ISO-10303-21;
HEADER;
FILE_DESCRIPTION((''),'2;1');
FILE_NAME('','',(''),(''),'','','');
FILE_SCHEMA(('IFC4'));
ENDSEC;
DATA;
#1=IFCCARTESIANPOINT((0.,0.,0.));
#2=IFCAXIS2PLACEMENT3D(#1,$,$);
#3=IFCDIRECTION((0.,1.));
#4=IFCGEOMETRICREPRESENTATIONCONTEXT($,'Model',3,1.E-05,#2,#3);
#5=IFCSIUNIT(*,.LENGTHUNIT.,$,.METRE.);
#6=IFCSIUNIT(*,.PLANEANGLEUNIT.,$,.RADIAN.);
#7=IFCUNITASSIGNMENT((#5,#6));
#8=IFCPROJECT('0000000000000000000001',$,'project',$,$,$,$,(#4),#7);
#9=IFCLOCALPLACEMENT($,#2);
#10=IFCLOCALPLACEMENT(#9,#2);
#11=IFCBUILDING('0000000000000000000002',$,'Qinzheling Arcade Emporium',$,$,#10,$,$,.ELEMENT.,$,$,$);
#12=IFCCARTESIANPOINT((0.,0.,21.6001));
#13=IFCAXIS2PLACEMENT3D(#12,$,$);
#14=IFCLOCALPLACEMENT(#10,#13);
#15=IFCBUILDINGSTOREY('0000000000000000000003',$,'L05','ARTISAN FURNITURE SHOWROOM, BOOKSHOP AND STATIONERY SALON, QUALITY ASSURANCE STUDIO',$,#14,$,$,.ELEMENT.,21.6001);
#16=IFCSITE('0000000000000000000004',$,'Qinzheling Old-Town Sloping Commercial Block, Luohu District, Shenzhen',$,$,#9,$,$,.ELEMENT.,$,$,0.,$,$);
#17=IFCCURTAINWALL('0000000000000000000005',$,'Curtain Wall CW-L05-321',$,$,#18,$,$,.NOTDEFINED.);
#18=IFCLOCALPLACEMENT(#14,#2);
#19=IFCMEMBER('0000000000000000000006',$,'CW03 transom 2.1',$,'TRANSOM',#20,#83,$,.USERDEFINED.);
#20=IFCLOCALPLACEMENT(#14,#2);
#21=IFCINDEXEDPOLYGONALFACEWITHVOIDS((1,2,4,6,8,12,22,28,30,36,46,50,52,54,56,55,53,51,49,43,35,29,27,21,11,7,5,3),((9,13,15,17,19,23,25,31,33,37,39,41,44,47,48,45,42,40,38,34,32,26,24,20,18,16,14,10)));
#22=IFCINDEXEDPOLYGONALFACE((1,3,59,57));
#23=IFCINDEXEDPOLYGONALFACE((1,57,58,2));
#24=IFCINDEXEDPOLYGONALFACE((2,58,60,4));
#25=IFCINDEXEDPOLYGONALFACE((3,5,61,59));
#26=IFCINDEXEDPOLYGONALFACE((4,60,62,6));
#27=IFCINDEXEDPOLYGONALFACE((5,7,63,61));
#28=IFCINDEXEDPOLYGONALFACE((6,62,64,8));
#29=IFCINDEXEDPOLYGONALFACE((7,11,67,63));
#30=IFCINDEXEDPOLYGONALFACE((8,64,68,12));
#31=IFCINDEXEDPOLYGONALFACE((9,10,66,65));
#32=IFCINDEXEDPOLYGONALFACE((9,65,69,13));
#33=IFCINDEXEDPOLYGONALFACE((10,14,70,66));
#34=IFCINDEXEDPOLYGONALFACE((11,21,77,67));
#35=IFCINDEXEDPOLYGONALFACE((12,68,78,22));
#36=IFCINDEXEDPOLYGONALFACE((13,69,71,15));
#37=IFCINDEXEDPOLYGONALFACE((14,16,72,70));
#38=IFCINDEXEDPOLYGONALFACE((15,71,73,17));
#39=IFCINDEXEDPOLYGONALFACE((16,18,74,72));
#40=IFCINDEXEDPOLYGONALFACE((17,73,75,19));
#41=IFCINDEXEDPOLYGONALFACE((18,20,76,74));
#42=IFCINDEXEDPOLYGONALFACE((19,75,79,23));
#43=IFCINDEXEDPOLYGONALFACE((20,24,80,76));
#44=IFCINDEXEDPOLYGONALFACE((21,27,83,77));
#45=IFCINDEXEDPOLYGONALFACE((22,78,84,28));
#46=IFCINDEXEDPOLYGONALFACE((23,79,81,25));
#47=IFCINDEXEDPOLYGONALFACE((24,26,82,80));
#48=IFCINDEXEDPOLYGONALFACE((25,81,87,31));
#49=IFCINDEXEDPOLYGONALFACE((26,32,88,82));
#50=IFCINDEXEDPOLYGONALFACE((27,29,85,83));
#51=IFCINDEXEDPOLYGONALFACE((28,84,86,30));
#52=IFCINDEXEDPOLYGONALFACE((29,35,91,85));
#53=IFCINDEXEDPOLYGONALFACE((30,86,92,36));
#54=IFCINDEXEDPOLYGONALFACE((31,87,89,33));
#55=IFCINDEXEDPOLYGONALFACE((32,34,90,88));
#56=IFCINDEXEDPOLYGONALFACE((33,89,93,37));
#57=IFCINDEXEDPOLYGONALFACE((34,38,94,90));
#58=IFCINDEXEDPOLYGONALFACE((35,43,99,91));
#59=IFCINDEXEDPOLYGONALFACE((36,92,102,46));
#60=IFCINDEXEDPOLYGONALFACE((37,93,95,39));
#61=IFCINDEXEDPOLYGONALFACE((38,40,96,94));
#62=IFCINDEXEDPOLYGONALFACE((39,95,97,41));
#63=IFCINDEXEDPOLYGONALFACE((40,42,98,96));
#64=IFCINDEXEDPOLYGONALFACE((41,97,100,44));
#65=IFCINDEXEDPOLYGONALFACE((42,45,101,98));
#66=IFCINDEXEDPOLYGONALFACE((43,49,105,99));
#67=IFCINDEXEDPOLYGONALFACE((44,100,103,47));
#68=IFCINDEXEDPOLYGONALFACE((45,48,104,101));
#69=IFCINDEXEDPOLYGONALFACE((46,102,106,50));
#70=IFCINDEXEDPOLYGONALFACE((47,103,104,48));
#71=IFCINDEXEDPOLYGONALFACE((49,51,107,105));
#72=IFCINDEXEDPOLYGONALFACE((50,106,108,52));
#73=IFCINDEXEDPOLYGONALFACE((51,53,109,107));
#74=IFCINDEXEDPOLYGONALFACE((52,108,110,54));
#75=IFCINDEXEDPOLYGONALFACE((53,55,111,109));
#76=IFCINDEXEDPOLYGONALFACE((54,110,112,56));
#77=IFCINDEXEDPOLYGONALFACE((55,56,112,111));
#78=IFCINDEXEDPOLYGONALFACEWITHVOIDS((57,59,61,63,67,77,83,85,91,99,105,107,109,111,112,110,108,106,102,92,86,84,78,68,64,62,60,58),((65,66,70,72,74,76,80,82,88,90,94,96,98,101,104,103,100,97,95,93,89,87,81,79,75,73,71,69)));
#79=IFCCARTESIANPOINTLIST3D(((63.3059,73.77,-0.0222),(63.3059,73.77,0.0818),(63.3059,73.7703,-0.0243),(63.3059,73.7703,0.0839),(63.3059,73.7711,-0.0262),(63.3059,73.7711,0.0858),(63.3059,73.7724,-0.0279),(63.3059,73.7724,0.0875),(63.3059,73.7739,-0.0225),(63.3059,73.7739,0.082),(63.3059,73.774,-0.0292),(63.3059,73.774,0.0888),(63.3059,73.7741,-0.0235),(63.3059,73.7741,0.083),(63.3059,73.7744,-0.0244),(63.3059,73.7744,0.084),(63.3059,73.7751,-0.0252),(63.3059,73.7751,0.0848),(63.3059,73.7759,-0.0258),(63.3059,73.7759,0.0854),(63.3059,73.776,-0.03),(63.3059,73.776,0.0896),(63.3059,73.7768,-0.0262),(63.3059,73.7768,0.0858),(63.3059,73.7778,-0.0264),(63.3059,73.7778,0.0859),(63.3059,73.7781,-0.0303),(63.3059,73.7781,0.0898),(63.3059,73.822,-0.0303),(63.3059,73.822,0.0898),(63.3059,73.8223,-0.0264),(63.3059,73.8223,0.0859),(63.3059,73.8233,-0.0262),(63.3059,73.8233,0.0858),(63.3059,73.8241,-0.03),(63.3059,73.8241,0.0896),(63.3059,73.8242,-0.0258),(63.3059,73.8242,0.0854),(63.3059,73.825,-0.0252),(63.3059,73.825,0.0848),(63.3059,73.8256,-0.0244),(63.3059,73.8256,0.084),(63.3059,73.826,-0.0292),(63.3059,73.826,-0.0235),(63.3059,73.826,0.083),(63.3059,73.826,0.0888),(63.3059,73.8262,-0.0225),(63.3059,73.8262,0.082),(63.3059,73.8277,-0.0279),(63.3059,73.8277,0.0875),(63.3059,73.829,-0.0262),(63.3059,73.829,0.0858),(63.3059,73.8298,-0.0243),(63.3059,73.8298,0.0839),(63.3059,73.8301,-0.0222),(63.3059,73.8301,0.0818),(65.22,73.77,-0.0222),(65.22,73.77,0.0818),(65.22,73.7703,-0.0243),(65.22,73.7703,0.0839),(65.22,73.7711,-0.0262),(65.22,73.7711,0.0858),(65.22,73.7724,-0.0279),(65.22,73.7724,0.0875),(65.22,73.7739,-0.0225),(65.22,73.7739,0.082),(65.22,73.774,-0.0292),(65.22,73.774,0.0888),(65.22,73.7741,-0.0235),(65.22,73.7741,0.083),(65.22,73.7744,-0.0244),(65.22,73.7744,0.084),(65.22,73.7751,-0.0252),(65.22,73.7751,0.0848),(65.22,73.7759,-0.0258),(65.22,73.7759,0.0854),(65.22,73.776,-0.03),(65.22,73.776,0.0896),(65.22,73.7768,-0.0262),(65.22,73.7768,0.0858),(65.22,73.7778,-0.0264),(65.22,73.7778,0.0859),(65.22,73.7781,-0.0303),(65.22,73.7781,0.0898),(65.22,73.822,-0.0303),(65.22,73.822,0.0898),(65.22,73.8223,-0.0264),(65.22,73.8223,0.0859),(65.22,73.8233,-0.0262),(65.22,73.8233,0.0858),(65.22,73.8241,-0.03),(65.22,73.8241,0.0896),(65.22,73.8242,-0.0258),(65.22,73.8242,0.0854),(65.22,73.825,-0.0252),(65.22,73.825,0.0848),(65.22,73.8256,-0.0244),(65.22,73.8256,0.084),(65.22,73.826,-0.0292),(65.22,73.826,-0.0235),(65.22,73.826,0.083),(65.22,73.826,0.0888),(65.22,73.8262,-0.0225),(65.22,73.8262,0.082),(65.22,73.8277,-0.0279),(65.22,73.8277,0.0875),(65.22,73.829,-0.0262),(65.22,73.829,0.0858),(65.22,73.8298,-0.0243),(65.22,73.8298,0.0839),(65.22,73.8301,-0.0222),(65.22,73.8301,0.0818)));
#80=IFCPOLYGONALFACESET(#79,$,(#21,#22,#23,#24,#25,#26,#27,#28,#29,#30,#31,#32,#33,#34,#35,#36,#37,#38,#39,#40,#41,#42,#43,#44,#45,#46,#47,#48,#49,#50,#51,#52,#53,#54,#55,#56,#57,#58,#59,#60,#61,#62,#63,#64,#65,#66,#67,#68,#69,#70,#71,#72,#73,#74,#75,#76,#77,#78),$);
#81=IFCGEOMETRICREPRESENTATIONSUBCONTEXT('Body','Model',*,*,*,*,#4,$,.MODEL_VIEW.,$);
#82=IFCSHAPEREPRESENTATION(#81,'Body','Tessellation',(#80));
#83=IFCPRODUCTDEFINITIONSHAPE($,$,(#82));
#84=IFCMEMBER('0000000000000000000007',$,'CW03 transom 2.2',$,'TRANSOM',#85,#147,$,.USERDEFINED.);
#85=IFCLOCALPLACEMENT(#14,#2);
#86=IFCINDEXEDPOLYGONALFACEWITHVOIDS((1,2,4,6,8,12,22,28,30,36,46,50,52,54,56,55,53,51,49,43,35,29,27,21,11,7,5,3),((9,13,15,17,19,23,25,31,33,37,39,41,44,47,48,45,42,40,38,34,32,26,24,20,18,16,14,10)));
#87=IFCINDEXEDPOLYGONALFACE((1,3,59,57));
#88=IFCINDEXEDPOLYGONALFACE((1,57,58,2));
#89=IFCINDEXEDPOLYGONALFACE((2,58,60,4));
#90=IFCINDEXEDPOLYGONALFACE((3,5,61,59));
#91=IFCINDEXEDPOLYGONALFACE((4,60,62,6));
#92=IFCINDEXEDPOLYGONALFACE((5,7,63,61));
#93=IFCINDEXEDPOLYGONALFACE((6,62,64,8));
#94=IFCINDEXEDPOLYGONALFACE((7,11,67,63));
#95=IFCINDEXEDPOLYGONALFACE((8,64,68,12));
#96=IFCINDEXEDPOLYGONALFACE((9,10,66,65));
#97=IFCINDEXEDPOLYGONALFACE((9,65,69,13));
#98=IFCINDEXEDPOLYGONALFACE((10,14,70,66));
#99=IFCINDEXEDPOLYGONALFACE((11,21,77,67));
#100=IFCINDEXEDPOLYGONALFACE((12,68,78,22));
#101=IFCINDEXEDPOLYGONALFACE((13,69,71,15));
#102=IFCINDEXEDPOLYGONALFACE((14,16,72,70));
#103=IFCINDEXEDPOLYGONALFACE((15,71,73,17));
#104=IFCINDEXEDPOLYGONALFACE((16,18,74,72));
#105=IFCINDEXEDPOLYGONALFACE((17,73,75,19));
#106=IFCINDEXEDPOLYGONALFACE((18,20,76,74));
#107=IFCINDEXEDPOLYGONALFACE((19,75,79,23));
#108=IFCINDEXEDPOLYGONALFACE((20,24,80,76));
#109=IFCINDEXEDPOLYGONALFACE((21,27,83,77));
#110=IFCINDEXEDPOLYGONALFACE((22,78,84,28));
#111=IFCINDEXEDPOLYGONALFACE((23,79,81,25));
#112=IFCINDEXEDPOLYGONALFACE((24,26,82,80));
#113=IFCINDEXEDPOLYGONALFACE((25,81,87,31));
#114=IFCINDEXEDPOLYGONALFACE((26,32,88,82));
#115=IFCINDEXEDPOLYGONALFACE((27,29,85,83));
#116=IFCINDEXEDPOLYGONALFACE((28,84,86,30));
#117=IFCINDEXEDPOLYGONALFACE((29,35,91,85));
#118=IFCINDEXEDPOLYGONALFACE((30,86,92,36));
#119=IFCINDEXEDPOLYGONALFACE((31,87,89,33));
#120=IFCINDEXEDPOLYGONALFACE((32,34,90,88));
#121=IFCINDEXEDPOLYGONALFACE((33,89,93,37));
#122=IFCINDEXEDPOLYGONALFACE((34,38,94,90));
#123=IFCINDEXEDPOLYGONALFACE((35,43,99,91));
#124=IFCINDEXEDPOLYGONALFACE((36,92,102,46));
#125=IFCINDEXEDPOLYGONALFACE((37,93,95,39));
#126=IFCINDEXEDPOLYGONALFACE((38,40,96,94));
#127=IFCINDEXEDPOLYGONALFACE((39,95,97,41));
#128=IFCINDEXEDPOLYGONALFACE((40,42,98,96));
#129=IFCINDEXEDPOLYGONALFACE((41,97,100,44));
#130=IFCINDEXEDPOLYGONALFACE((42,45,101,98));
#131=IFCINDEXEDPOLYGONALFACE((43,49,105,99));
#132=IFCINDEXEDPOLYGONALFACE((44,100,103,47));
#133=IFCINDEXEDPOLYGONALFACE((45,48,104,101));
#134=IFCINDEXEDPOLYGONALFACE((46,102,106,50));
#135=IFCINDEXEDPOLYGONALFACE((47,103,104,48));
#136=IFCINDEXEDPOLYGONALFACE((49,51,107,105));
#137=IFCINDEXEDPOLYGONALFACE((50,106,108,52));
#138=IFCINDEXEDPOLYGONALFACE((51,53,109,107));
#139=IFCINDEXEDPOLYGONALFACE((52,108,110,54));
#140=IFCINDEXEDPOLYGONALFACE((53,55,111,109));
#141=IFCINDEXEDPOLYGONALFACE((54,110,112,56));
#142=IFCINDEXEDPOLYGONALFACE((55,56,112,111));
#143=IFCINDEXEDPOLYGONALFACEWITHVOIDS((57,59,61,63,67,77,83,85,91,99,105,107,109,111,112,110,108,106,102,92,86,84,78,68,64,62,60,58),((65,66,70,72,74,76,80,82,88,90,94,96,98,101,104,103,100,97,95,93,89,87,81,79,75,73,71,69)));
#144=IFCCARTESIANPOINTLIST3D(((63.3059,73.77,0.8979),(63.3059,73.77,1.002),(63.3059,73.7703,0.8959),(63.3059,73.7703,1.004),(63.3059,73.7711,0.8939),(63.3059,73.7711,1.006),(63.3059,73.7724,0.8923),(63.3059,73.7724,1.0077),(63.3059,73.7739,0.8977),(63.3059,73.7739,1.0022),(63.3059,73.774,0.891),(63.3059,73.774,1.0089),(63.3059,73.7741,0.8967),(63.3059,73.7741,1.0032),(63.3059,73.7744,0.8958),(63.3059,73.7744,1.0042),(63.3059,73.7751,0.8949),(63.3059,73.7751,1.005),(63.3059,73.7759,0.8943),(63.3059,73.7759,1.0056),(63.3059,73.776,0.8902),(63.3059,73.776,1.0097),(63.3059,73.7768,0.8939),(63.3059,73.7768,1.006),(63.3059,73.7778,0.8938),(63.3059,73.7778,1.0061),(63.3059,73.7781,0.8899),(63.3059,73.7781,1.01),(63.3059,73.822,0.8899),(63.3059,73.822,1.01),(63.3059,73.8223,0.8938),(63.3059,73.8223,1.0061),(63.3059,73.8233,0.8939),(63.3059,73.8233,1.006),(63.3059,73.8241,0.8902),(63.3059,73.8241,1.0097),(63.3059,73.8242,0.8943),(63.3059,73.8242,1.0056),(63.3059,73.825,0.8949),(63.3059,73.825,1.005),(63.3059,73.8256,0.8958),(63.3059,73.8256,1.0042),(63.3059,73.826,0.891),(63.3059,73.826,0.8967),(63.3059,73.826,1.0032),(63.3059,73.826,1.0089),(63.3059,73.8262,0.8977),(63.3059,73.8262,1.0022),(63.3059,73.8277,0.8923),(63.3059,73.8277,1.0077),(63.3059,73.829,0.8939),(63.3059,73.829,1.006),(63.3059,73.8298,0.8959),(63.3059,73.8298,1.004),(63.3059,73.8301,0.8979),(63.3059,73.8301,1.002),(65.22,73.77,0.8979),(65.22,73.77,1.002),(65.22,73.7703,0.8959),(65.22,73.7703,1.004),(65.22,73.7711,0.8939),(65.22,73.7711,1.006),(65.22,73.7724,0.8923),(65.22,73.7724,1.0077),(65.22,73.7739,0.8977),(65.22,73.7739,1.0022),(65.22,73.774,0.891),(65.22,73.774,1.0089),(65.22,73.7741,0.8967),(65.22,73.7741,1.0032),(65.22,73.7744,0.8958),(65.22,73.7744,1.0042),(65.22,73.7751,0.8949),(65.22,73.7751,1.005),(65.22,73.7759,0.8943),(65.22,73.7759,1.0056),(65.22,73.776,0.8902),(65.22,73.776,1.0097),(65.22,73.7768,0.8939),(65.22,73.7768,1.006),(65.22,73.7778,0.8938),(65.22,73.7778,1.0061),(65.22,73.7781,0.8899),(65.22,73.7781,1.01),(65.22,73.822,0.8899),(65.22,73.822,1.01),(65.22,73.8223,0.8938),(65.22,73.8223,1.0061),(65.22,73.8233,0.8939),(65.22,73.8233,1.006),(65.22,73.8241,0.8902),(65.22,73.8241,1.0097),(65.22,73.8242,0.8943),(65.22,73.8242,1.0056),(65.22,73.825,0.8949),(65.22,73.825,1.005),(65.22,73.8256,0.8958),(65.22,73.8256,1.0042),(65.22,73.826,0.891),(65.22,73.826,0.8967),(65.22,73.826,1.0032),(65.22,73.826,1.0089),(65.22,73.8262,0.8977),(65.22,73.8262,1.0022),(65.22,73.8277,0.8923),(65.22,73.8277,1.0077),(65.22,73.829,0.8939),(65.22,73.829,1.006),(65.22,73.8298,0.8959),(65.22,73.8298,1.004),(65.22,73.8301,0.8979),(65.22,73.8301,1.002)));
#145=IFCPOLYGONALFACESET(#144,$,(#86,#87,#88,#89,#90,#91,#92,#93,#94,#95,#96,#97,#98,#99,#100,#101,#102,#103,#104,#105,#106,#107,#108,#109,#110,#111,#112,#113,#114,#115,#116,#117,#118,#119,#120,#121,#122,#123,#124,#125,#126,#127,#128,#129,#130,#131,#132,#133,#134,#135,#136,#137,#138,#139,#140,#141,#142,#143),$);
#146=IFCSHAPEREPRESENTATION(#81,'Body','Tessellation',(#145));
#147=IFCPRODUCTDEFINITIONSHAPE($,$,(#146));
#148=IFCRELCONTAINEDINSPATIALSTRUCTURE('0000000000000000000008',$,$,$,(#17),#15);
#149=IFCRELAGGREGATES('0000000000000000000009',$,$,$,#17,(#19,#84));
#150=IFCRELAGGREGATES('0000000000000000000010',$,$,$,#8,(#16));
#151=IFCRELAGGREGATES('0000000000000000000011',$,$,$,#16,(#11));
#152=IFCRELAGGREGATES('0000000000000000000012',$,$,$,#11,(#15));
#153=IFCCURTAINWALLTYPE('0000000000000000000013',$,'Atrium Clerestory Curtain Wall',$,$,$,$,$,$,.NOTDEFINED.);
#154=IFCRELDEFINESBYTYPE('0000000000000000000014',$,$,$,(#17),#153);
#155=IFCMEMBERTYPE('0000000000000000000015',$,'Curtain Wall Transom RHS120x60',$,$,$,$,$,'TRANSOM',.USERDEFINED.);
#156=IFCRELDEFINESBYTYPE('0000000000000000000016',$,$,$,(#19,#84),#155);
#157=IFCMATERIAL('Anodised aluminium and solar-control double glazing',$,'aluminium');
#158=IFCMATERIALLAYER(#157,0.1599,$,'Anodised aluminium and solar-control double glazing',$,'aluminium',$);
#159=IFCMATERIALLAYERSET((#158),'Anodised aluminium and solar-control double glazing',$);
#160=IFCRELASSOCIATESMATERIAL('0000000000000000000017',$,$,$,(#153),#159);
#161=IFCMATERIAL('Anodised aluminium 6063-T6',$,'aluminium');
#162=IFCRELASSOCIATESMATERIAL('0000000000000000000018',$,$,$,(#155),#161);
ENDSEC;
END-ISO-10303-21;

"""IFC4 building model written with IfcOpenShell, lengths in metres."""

from ifc_helpers import new_model, si_unit, direction, frame, origin, origin_2d, place, context, subcontext, project, spatial, hollow_rectangle, extrude, material, layer, layer_set, material_profile, profile_set, type_object, element, aggregate, save


model = new_model("IFC4")

# Units and contexts
model_context = context("Model", 3, precision=1e-05, world=origin(), true_north=direction((0.0, 1.0)))
body_context = subcontext(model_context, "Body", "Model", "MODEL_VIEW")
ifc_project = project(units=[si_unit("LENGTHUNIT", "METRE"), si_unit("PLANEANGLEUNIT", "RADIAN")], contexts=[model_context])

# Site, building, storey
site_placement = place(None, origin())
site = spatial("IfcSite", under=ifc_project, at=site_placement, Name="Qinzheling Old-Town Sloping Commercial Block, Luohu District, Shenzhen", CompositionType="ELEMENT", RefElevation=0.0)
building_placement = place(site_placement, origin())
building = spatial("IfcBuilding", under=site, at=building_placement, Name="Qinzheling Arcade Emporium", CompositionType="ELEMENT")
storey_placement = place(building_placement, frame((0.0, 0.0, 21.6001)))
storey = spatial("IfcBuildingStorey", under=building, at=storey_placement, Name="L05", Description="ARTISAN FURNITURE SHOWROOM, BOOKSHOP AND STATIONERY SALON, QUALITY ASSURANCE STUDIO", CompositionType="ELEMENT", Elevation=21.6001)

# Shared definitions
ifc_material_1 = material(Name="Anodised aluminium and solar-control double glazing", Category="aluminium")
ifc_layer_1 = layer(ifc_material_1, 0.1599, Name="Anodised aluminium and solar-control double glazing", Category="aluminium")
ifc_layer_set_1 = layer_set([ifc_layer_1], Name="Anodised aluminium and solar-control double glazing")
curtain_wall_type = type_object("IfcCurtainWallType", Name="Atrium Clerestory Curtain Wall", PredefinedType="NOTDEFINED", material=ifc_layer_set_1)
ifc_material_2 = material(Name="Anodised aluminium 6063-T6", Category="aluminium")

# Curtain wall
curtain_wall_1_placement = place(storey_placement, origin())
curtain_wall_1 = element("IfcCurtainWall", 1, at=curtain_wall_1_placement, inside=storey, type_object=curtain_wall_type, Name="Curtain Wall CW-L05-321", PredefinedType="NOTDEFINED")

# Members
ifc_material_profile_1 = material_profile(ifc_material_2, hollow_rectangle(XDim=0.0601, YDim=0.1201, WallThickness=0.0039, InnerFilletRadius=0.0039, OuterFilletRadius=0.0081, at=origin_2d()), Name="RHS 120x60x4", Category="aluminium")
ifc_profile_set_1 = profile_set([ifc_material_profile_1], Name="Anodised aluminium 6063-T6")
member_type_1 = type_object("IfcMemberType", Name="Curtain Wall Transom RHS120x60", ElementType="TRANSOM", PredefinedType="USERDEFINED", material=ifc_profile_set_1)
member_1_placement = place(storey_placement, frame((63.3059, 73.8, 0.0298), z_axis=(1.0, 0.0, 0.0), x_axis=(0.0, 1.0, 0.0)))
member_1 = element("IfcMember", 2, at=member_1_placement, type_object=member_type_1, Name="CW03 transom 2.1", ObjectType="TRANSOM", PredefinedType="USERDEFINED", context=body_context, shape_type="SweptSolid", body=[
    extrude(hollow_rectangle(XDim=0.0601, YDim=0.1201, WallThickness=0.0039, InnerFilletRadius=0.0039, OuterFilletRadius=0.0081, at=origin_2d()), origin(), (0.0, 0.0, 1.0), 1.9141),
])
member_2_placement = place(storey_placement, frame((63.3059, 73.8, 0.95), z_axis=(1.0, 0.0, 0.0), x_axis=(0.0, 1.0, 0.0)))
member_2 = element("IfcMember", 3, at=member_2_placement, type_object=member_type_1, Name="CW03 transom 2.2", ObjectType="TRANSOM", PredefinedType="USERDEFINED", context=body_context, shape_type="SweptSolid", body=[
    extrude(hollow_rectangle(XDim=0.0601, YDim=0.1201, WallThickness=0.0039, InnerFilletRadius=0.0039, OuterFilletRadius=0.0081, at=origin_2d()), origin(), (0.0, 0.0, 1.0), 1.9141),
])

aggregate(curtain_wall_1, [member_1, member_2])

save(model, "model.ifc")
